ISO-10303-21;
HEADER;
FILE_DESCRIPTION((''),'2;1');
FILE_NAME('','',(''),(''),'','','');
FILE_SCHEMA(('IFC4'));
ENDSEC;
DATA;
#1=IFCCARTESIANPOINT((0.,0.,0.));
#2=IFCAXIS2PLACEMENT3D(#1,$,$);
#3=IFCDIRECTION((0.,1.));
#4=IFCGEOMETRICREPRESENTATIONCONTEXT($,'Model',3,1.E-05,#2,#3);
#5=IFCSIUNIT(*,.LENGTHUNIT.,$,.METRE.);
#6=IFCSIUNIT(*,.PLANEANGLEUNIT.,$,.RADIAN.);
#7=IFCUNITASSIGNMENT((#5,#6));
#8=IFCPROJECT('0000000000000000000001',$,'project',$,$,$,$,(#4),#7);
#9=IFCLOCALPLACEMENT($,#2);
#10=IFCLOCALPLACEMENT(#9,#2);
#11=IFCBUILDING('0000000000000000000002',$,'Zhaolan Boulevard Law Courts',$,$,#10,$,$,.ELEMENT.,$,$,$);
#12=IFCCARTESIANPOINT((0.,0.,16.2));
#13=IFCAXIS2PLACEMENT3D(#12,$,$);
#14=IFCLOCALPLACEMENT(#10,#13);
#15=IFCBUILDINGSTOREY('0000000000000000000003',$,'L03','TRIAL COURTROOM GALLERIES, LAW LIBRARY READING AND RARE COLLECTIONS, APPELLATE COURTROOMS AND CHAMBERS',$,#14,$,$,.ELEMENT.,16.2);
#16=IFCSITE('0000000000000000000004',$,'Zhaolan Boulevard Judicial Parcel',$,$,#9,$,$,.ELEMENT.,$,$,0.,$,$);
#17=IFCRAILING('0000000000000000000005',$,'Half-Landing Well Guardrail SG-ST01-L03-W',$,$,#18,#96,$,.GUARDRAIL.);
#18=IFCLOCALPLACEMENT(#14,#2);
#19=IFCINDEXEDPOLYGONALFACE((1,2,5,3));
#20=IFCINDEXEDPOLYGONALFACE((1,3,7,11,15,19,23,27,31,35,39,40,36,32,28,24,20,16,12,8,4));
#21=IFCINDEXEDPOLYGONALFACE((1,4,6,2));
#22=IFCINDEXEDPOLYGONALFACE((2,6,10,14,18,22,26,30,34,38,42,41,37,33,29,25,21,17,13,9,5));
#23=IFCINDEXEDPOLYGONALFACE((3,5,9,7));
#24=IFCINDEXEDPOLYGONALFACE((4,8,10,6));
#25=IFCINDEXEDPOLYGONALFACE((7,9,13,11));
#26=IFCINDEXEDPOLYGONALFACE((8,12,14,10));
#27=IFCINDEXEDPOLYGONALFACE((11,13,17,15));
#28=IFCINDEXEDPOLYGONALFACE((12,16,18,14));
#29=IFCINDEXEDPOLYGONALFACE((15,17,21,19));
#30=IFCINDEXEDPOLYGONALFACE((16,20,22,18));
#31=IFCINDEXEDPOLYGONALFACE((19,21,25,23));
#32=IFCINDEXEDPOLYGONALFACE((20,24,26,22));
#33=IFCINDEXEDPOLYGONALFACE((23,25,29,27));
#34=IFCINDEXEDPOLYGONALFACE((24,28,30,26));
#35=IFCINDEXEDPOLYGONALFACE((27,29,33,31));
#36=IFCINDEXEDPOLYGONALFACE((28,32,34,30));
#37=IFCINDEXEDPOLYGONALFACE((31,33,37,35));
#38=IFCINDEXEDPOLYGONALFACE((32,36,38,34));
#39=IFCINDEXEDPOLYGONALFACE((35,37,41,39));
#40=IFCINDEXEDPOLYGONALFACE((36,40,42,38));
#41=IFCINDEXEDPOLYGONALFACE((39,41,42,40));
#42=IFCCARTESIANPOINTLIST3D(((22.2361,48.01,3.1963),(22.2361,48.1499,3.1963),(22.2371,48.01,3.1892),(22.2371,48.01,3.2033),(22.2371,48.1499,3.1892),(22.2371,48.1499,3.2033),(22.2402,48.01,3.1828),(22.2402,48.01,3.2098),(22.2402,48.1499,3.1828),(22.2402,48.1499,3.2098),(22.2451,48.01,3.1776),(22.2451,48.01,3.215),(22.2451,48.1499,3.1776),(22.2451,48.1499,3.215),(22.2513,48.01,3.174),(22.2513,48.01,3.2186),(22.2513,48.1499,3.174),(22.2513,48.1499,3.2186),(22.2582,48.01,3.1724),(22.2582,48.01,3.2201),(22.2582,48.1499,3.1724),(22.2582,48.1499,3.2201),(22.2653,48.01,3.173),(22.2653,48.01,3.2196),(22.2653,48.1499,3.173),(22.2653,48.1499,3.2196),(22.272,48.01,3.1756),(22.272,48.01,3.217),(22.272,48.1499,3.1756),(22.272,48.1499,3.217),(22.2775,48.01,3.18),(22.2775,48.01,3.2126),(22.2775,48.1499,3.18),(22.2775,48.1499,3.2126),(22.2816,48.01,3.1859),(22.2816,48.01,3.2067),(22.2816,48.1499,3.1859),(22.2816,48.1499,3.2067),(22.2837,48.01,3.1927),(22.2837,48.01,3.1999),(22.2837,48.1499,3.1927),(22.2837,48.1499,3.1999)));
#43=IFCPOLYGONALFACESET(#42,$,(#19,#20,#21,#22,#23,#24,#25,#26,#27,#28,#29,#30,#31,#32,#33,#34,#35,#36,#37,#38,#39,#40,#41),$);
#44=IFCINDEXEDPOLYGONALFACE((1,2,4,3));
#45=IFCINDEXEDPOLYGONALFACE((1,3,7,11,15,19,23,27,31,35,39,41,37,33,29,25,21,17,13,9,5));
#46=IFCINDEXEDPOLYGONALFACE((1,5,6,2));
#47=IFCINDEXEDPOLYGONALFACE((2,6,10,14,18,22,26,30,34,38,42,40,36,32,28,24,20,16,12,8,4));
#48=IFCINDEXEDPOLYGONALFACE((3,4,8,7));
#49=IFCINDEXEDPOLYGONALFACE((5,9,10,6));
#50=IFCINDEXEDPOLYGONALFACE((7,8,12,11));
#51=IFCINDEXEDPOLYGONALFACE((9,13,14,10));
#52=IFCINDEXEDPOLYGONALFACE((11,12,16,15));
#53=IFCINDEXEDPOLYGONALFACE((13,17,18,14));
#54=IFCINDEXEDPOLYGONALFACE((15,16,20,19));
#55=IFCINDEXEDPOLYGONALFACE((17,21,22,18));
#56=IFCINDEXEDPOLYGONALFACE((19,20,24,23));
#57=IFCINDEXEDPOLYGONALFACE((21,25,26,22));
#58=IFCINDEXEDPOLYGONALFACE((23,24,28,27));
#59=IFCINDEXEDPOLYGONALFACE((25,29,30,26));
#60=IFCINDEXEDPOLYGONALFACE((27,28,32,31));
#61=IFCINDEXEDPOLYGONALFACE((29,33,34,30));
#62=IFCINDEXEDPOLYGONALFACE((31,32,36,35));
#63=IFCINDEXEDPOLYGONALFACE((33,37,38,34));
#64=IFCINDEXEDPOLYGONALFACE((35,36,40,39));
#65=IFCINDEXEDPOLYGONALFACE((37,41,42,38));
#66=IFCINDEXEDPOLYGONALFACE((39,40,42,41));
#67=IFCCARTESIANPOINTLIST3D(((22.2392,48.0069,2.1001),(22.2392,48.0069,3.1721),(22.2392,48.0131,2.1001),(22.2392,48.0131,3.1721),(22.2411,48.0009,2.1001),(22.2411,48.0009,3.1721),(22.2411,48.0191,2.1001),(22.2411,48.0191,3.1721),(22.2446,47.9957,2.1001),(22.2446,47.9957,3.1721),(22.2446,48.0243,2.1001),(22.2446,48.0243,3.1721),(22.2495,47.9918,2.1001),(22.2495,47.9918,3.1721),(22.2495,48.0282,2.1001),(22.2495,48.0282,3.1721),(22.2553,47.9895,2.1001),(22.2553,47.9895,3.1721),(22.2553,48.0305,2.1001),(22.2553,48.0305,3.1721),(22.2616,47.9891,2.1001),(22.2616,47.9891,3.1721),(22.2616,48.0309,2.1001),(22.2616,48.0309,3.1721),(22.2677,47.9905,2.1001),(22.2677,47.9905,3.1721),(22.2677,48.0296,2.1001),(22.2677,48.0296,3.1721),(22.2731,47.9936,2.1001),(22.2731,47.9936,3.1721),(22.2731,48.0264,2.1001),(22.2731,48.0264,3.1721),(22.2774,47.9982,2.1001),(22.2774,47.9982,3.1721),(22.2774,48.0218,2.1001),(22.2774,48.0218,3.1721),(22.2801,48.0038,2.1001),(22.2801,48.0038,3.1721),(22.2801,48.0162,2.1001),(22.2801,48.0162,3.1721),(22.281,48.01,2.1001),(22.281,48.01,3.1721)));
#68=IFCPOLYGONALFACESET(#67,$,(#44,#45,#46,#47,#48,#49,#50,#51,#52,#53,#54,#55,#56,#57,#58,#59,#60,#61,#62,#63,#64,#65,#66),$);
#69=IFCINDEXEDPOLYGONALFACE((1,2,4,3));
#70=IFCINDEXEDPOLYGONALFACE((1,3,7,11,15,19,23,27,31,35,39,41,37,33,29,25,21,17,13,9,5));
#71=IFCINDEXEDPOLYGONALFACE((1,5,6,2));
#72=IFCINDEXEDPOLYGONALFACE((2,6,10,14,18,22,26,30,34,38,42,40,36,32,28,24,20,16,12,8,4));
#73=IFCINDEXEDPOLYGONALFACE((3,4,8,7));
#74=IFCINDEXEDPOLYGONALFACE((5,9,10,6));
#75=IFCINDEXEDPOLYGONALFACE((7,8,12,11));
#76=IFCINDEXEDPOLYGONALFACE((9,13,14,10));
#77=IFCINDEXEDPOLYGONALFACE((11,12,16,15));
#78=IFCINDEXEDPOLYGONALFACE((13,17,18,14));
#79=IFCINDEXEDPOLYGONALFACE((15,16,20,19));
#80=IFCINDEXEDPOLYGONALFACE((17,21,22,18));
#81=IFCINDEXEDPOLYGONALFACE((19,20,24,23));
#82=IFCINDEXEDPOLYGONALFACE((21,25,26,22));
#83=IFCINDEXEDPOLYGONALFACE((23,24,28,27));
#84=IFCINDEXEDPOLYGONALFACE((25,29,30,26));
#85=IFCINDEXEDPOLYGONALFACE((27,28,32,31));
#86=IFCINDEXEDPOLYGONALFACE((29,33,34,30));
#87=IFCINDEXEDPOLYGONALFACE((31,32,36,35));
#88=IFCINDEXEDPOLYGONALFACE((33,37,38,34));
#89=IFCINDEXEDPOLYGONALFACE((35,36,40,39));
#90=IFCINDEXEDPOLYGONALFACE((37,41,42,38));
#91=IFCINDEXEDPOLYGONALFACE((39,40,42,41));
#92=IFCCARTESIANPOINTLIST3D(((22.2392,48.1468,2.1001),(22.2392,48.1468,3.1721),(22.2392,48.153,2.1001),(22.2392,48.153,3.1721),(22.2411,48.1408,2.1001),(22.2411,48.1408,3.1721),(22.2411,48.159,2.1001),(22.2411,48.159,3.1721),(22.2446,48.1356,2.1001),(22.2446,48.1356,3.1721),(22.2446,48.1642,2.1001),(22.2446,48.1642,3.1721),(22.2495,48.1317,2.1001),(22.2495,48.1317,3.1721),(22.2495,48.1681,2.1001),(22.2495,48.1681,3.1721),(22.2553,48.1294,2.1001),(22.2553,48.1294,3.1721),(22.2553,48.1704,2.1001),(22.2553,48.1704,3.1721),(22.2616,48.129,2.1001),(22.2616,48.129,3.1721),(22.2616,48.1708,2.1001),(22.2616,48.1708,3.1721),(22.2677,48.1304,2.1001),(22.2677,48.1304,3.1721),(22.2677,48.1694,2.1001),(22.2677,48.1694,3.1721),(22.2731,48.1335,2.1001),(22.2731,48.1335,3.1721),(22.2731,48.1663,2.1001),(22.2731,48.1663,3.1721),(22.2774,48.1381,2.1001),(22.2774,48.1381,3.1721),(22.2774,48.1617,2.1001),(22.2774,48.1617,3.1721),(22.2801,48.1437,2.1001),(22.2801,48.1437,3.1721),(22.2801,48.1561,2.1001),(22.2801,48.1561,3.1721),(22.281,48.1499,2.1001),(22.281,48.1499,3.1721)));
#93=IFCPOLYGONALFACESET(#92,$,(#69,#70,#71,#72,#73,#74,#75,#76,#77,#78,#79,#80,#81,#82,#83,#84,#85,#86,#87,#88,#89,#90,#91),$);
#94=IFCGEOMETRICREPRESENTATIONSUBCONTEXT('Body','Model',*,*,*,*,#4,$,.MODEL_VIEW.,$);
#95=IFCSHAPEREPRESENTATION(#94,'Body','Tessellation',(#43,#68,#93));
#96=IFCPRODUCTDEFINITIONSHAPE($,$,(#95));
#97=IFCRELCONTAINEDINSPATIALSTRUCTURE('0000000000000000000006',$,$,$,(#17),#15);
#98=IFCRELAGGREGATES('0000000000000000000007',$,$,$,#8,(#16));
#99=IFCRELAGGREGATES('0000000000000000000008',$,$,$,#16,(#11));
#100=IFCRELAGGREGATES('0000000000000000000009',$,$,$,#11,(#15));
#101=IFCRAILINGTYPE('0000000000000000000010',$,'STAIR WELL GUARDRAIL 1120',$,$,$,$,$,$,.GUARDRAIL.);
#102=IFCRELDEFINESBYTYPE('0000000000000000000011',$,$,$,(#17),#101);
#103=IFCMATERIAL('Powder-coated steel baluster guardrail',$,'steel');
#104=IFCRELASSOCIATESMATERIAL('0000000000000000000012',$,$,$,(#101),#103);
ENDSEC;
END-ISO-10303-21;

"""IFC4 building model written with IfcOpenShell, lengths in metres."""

from ifc_helpers import new_model, si_unit, direction, frame, origin, origin_2d, place, context, subcontext, project, spatial, circle, extrude, material, type_object, element, save


model = new_model("IFC4")

# Units and contexts
model_context = context("Model", 3, precision=1e-05, world=origin(), true_north=direction((0.0, 1.0)))
body_context = subcontext(model_context, "Body", "Model", "MODEL_VIEW")
ifc_project = project(units=[si_unit("LENGTHUNIT", "METRE"), si_unit("PLANEANGLEUNIT", "RADIAN")], contexts=[model_context])

# Site, building, storey
site_placement = place(None, origin())
site = spatial("IfcSite", under=ifc_project, at=site_placement, Name="Zhaolan Boulevard Judicial Parcel", CompositionType="ELEMENT", RefElevation=0.0)
building_placement = place(site_placement, origin())
building = spatial("IfcBuilding", under=site, at=building_placement, Name="Zhaolan Boulevard Law Courts", CompositionType="ELEMENT")
storey_placement = place(building_placement, frame((0.0, 0.0, 16.2)))
storey = spatial("IfcBuildingStorey", under=building, at=storey_placement, Name="L03", Description="TRIAL COURTROOM GALLERIES, LAW LIBRARY READING AND RARE COLLECTIONS, APPELLATE COURTROOMS AND CHAMBERS", CompositionType="ELEMENT", Elevation=16.2)

# Railing
ifc_material_1 = material(Name="Powder-coated steel baluster guardrail", Category="steel")
railing_type_1 = type_object("IfcRailingType", Name="STAIR WELL GUARDRAIL 1120", PredefinedType="GUARDRAIL", material=ifc_material_1)
railing_1_placement = place(storey_placement, frame((22.26, 48.01, 2.1001)))
element("IfcRailing", 1, at=railing_1_placement, inside=storey, type_object=railing_type_1, Name="Half-Landing Well Guardrail SG-ST01-L03-W", PredefinedType="GUARDRAIL", context=body_context, shape_type="SweptSolid", body=[
    extrude(circle(Radius=0.0239, at=origin_2d()), frame((0.0, 0.0, 1.0962), z_axis=(0.0, 1.0, 0.0), x_axis=(-1.0, 0.0, 0.0)), (0.0, 0.0, 1.0), 0.1399),
    extrude(circle(Radius=0.021, at=origin_2d()), origin(), (0.0, 0.0, 1.0), 1.072),
    extrude(circle(Radius=0.021, at=origin_2d()), frame((0.0, 0.1399, 0.0)), (0.0, 0.0, 1.0), 1.072),
])

save(model, "model.ifc")
